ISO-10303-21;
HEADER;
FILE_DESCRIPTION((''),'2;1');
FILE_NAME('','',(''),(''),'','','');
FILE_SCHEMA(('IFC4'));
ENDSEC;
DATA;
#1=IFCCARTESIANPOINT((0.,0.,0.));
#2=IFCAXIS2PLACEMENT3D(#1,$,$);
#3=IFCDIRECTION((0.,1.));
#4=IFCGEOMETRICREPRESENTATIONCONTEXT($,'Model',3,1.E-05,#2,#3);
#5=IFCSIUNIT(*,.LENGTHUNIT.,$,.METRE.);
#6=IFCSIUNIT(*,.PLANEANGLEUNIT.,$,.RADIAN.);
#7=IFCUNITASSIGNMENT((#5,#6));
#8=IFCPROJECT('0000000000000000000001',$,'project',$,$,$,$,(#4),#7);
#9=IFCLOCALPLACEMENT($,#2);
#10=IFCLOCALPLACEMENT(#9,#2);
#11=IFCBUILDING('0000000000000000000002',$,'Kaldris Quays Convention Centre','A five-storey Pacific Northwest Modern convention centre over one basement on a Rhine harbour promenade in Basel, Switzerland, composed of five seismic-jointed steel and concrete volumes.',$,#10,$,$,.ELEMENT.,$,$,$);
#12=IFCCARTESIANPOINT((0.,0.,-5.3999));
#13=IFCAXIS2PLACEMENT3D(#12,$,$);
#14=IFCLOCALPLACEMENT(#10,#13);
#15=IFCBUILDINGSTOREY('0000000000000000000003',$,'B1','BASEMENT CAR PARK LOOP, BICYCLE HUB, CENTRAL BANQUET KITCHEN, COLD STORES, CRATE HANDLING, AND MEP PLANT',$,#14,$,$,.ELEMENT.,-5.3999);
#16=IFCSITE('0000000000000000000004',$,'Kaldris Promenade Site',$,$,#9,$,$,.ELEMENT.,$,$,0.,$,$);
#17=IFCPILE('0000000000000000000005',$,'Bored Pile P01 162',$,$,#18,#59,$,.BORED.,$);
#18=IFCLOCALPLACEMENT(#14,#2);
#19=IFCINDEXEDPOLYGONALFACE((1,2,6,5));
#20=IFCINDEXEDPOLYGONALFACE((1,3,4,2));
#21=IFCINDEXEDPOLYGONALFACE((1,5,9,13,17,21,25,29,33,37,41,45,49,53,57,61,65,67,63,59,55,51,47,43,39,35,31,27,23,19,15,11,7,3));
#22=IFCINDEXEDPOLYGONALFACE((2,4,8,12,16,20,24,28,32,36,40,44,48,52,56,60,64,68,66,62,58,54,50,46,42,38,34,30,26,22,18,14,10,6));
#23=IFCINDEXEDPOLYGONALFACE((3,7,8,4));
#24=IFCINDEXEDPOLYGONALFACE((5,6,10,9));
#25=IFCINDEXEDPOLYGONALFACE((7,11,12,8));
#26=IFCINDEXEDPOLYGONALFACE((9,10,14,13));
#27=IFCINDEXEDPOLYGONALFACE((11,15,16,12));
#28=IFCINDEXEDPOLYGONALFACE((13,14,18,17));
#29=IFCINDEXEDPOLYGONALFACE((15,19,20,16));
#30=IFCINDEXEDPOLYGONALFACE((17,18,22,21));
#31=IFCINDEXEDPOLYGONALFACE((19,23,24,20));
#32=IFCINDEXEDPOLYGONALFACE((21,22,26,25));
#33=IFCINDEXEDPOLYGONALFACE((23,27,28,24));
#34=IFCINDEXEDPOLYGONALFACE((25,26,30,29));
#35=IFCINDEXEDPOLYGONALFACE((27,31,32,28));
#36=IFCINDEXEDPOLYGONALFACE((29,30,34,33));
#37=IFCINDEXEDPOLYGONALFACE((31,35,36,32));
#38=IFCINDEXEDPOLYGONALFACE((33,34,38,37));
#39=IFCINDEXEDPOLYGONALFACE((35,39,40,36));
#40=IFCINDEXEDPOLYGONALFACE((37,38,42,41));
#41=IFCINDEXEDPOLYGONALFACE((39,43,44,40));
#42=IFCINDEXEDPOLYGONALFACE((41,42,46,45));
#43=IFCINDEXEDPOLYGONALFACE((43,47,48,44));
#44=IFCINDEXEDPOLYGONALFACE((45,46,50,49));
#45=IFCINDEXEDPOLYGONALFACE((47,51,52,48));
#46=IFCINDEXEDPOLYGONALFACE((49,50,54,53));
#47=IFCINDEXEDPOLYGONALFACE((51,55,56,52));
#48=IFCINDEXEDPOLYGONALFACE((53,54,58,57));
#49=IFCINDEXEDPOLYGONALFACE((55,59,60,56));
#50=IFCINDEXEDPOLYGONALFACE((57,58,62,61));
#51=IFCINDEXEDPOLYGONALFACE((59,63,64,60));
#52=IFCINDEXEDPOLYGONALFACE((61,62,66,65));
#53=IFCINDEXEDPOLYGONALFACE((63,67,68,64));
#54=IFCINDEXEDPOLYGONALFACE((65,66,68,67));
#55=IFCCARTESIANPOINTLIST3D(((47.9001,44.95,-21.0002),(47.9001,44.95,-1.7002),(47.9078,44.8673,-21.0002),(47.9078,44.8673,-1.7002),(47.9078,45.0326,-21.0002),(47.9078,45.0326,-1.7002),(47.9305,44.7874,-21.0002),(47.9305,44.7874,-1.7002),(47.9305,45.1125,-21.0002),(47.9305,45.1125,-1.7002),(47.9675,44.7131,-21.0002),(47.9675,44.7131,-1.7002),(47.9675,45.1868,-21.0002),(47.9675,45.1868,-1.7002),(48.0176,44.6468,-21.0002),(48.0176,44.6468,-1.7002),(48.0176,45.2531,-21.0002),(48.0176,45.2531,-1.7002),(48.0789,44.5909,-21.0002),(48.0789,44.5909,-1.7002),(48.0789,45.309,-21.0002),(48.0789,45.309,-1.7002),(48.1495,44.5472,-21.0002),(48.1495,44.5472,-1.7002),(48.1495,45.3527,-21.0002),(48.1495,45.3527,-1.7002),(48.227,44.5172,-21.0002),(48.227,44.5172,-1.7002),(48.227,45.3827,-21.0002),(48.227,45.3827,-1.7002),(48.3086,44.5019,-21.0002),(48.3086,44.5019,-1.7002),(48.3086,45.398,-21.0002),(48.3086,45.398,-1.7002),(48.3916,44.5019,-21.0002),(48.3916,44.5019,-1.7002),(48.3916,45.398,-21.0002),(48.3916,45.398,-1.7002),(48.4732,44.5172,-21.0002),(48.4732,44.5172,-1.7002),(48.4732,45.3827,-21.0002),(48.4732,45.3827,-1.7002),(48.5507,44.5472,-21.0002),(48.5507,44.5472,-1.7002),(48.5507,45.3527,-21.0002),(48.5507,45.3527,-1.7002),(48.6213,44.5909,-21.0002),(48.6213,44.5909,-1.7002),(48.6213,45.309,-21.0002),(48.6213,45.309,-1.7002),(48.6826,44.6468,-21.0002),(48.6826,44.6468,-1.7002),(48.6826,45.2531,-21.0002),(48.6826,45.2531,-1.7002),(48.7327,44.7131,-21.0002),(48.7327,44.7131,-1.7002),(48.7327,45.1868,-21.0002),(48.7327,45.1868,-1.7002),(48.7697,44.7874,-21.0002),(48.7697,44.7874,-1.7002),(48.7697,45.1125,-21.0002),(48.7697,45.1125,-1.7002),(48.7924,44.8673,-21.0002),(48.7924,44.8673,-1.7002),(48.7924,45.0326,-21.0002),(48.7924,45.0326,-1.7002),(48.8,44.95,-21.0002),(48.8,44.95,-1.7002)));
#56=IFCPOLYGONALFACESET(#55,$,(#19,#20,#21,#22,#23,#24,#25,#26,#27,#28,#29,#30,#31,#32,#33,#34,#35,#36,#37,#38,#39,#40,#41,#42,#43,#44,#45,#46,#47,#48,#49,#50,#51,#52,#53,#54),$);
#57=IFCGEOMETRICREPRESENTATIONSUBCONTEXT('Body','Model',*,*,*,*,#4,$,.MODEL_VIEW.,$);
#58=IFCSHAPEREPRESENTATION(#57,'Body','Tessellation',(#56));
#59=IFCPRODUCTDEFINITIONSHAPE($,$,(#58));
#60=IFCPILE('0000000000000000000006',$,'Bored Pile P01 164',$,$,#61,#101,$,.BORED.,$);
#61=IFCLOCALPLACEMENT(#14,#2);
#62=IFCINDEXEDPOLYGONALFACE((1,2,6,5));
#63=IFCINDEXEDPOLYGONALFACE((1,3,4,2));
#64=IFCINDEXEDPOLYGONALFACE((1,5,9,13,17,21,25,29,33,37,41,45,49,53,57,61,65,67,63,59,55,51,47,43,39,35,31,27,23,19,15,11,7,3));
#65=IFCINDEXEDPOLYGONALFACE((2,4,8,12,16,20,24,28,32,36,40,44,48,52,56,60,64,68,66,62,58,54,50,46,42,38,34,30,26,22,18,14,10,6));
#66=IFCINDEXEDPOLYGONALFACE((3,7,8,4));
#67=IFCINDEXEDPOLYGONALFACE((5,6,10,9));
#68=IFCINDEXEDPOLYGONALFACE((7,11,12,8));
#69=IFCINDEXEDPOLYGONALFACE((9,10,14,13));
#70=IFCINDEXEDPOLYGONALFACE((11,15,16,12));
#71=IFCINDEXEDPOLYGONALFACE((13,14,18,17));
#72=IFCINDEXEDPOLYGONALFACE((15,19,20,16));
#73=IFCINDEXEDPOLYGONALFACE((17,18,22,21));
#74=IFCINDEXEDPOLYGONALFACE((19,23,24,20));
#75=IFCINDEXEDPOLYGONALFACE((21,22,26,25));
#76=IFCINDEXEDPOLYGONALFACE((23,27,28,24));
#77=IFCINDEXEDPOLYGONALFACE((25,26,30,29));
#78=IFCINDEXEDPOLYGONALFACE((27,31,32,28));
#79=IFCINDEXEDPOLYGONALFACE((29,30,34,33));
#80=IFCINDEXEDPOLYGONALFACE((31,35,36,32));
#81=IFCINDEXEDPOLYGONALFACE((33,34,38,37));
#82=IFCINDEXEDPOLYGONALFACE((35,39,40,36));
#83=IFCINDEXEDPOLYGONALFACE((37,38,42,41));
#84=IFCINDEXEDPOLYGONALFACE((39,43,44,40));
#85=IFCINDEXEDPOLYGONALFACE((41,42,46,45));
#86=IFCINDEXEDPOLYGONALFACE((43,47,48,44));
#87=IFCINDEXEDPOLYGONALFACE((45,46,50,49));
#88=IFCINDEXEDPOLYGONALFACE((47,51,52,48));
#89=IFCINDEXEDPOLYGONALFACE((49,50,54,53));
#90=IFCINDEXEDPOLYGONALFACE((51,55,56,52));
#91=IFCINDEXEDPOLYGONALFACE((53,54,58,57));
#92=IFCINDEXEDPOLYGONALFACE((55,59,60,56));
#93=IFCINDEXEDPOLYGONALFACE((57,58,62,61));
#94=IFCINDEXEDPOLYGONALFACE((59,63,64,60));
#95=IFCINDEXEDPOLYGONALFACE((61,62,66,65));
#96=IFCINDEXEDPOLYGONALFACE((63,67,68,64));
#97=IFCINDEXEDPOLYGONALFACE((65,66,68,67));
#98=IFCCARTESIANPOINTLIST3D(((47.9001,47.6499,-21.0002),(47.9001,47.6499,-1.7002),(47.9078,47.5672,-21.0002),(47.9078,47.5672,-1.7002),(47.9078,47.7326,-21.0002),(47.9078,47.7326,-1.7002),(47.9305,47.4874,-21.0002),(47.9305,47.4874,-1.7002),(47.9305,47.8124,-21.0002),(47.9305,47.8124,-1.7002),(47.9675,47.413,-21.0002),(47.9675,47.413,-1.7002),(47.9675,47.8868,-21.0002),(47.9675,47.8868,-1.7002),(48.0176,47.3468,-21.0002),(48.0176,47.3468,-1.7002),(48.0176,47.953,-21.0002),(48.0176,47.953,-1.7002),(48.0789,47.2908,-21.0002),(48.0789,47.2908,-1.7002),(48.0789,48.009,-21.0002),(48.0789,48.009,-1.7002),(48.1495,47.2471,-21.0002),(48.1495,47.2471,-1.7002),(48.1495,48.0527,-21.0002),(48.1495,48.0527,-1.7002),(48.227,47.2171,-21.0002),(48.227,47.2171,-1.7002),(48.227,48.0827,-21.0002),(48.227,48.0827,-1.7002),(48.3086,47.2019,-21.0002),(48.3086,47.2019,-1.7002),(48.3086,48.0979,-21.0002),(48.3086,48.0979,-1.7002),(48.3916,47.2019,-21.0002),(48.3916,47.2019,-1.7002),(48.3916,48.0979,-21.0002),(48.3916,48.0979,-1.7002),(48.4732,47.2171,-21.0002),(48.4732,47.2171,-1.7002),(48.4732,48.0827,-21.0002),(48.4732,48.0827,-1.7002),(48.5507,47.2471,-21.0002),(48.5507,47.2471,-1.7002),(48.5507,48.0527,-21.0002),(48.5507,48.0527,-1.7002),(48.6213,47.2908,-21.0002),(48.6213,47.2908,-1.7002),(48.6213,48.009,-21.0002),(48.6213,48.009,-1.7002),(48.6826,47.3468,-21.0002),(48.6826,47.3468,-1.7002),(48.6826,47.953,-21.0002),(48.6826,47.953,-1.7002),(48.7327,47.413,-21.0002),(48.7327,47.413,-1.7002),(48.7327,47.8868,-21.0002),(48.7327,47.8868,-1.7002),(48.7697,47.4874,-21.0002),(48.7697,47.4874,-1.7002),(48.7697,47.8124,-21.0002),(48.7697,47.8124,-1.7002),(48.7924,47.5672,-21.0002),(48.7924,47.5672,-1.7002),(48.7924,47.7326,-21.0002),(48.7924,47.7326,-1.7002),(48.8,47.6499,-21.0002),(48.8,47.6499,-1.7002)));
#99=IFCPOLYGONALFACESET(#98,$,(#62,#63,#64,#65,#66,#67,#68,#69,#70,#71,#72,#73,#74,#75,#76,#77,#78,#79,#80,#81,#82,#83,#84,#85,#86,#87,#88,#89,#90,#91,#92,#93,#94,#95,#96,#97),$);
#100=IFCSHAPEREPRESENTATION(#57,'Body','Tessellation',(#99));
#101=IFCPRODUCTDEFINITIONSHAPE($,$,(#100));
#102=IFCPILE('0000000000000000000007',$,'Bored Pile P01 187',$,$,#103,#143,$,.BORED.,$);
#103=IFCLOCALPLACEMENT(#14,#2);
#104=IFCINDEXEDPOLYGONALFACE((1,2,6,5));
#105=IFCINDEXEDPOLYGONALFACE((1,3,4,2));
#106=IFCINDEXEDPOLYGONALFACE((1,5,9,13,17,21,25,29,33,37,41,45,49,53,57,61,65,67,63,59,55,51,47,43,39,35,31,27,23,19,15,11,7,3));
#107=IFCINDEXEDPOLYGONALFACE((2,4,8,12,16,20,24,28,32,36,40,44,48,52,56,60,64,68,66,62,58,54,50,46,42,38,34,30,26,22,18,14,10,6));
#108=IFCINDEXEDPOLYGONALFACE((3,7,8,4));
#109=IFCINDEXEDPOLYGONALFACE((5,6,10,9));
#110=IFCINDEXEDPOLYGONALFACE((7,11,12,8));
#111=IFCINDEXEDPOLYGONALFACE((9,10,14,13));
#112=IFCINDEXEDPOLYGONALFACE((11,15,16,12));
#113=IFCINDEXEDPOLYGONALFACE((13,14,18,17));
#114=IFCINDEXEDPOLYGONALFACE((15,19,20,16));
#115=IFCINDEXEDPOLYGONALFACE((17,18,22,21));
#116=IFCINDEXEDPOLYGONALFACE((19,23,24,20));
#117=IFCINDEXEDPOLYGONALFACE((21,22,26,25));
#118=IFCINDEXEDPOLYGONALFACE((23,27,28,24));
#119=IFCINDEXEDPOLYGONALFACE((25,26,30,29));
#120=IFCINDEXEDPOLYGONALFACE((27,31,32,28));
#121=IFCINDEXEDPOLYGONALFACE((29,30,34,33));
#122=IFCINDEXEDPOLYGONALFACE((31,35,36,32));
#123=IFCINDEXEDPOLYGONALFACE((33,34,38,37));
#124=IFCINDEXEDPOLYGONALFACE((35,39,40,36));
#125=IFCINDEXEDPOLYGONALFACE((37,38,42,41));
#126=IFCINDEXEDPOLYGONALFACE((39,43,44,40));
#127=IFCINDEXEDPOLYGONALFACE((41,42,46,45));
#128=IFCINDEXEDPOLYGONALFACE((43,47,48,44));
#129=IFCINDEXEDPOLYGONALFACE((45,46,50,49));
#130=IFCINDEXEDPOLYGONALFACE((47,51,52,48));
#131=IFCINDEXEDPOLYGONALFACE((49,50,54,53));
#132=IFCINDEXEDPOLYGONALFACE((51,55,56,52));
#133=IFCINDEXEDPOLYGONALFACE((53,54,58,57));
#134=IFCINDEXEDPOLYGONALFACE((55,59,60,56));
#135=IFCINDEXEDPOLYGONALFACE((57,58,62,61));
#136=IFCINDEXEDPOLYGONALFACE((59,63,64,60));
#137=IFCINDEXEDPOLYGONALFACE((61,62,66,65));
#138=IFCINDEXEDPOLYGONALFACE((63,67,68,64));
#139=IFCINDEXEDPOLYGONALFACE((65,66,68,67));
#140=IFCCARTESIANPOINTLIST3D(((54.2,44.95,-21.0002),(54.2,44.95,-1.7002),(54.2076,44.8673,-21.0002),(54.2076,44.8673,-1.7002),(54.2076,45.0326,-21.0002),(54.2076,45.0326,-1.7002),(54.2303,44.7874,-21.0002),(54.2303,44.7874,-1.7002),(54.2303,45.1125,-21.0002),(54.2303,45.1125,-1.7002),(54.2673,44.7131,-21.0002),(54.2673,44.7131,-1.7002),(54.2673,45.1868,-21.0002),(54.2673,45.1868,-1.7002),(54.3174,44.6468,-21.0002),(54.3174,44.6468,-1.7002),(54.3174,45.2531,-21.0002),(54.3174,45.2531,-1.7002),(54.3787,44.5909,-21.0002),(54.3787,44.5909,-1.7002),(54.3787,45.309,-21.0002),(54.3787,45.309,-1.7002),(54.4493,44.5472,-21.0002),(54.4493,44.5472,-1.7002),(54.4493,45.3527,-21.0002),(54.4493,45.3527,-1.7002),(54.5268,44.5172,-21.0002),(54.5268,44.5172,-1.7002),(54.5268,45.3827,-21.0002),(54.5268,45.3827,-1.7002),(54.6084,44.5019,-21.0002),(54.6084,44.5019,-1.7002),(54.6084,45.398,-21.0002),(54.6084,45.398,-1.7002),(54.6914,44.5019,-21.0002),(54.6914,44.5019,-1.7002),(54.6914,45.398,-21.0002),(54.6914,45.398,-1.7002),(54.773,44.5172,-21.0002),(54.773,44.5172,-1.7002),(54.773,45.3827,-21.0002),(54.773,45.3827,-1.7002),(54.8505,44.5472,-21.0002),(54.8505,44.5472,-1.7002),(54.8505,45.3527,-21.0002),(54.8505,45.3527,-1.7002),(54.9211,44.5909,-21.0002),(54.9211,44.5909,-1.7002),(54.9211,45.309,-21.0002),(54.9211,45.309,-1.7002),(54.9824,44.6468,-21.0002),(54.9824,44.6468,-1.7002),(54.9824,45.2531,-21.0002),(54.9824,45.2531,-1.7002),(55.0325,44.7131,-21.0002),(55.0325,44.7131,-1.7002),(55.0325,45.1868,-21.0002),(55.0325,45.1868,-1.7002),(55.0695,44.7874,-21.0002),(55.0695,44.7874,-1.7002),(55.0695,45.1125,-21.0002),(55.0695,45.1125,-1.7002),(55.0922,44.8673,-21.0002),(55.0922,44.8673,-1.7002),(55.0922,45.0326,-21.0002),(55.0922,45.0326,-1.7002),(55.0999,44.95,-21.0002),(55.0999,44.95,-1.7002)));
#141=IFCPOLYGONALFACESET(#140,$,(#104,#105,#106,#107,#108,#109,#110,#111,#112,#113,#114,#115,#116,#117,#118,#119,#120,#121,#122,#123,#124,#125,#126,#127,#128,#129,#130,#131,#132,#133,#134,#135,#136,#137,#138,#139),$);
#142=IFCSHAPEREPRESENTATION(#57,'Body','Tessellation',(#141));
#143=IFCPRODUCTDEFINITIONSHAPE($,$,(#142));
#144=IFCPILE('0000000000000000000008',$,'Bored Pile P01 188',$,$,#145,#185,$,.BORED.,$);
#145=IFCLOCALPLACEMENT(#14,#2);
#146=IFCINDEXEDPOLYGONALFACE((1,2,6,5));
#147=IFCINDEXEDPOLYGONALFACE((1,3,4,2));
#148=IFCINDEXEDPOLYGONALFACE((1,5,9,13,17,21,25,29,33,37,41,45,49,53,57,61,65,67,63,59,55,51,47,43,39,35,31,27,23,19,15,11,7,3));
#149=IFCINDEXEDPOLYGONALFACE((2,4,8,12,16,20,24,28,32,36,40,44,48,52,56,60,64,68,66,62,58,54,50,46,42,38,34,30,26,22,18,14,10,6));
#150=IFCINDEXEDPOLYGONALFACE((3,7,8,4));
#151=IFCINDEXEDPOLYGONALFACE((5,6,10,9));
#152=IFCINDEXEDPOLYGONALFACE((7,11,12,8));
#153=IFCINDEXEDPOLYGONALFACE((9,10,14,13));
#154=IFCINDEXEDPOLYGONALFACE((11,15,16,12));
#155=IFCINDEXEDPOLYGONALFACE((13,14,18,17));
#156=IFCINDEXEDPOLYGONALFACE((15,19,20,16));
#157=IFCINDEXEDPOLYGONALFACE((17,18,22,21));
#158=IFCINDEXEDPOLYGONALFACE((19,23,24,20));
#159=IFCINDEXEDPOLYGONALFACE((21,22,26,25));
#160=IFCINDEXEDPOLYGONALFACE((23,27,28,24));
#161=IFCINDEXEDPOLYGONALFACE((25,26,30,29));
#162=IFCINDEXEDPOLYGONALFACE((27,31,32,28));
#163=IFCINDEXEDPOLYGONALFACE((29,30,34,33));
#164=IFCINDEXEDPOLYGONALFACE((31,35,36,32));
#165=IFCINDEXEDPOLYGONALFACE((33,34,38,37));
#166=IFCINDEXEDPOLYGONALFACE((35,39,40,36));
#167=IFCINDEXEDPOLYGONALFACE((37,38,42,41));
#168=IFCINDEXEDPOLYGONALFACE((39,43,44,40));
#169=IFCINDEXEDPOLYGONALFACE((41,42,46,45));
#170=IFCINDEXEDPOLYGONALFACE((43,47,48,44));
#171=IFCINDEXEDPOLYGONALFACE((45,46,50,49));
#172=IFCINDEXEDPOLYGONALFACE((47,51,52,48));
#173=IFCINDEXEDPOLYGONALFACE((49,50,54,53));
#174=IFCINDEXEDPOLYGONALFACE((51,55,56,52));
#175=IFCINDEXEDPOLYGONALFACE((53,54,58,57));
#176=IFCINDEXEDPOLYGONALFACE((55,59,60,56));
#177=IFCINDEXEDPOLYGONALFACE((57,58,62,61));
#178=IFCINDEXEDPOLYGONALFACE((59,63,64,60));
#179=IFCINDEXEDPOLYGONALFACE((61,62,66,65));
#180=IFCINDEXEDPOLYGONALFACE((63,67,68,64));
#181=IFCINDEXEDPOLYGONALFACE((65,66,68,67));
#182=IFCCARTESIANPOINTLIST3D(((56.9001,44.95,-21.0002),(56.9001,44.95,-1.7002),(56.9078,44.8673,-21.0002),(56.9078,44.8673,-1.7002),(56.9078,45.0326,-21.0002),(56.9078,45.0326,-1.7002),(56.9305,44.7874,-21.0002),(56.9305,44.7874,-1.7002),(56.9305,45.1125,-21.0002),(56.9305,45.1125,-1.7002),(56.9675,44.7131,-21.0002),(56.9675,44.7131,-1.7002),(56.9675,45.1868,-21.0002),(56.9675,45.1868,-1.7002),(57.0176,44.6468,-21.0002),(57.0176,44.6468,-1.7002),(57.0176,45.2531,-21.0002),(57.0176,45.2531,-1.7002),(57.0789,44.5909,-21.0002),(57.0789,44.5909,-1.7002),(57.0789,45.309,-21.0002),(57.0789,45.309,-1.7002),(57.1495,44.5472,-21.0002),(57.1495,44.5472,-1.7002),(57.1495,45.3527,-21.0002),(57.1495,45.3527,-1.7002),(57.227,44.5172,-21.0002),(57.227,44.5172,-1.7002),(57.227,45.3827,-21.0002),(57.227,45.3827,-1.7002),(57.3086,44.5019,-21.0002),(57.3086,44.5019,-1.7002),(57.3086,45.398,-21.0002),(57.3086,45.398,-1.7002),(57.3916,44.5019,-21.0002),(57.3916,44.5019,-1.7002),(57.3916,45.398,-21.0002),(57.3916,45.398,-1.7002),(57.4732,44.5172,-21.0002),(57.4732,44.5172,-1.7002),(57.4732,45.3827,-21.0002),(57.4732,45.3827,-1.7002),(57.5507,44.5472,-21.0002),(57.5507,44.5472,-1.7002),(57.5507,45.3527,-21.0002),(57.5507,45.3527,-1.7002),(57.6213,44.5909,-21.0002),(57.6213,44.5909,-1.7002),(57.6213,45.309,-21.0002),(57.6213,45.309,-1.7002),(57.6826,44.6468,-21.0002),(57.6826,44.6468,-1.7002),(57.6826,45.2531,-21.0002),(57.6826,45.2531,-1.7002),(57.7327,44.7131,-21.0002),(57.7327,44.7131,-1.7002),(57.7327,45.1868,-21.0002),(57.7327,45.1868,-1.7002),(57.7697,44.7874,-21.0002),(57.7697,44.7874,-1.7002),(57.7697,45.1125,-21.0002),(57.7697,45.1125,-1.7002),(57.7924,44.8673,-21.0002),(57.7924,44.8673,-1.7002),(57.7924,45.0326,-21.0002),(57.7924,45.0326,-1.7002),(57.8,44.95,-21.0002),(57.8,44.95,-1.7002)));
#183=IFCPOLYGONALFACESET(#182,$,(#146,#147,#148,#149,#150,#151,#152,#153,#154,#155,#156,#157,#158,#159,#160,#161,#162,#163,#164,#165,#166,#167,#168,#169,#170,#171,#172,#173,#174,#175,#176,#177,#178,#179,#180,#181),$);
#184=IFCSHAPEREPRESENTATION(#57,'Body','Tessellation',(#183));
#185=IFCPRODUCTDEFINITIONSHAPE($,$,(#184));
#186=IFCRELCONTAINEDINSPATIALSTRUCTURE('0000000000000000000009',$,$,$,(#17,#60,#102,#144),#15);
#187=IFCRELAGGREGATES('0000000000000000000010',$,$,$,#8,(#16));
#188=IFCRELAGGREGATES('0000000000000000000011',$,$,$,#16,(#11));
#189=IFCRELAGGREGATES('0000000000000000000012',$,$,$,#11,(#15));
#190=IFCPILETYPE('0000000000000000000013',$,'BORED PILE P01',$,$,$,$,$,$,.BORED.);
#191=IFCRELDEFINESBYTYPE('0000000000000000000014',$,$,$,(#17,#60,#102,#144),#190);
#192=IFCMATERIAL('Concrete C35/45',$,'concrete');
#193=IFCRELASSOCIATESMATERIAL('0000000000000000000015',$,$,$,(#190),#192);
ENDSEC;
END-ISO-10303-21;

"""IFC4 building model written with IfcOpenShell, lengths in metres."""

from ifc_helpers import new_model, si_unit, direction, frame, origin, origin_2d, place, context, subcontext, project, spatial, circle, extrude, material, material_profile, profile_set, type_object, element, save


model = new_model("IFC4")

# Units and contexts
model_context = context("Model", 3, precision=1e-05, world=origin(), true_north=direction((0.0, 1.0)))
body_context = subcontext(model_context, "Body", "Model", "MODEL_VIEW")
ifc_project = project(units=[si_unit("LENGTHUNIT", "METRE"), si_unit("PLANEANGLEUNIT", "RADIAN")], contexts=[model_context])

# Site, building, storey
site_placement = place(None, origin())
site = spatial("IfcSite", under=ifc_project, at=site_placement, Name="Kaldris Promenade Site", CompositionType="ELEMENT", RefElevation=0.0)
building_placement = place(site_placement, origin())
building = spatial("IfcBuilding", under=site, at=building_placement, Name="Kaldris Quays Convention Centre", Description="A five-storey Pacific Northwest Modern convention centre over one basement on a Rhine harbour promenade in Basel, Switzerland, composed of five seismic-jointed steel and concrete volumes.", CompositionType="ELEMENT")
storey_placement = place(building_placement, frame((0.0, 0.0, -5.3999)))
storey = spatial("IfcBuildingStorey", under=building, at=storey_placement, Name="B1", Description="BASEMENT CAR PARK LOOP, BICYCLE HUB, CENTRAL BANQUET KITCHEN, COLD STORES, CRATE HANDLING, AND MEP PLANT", CompositionType="ELEMENT", Elevation=-5.3999)

# Piles
ifc_material_1 = material(Name="Concrete C35/45", Category="concrete")
ifc_material_profile_1 = material_profile(ifc_material_1, circle(Radius=0.45, at=origin_2d()), Name="BORED PILE D900")
ifc_profile_set_1 = profile_set([ifc_material_profile_1], Name="Concrete C35/45")
pile_type = type_object("IfcPileType", Name="BORED PILE P01", PredefinedType="BORED", material=ifc_profile_set_1)
for number, where, z_axis, x_axis, name in (
    (1, (48.3501, 44.95, -1.7002), (0.0, 0.0, -1.0), (1.0, 0.0, 0.0), "Bored Pile P01 162"),
    (2, (48.3501, 47.6499, -1.7002), (0.0, 0.0, -1.0), (1.0, 0.0, 0.0), "Bored Pile P01 164"),
    (3, (54.6499, 44.95, -1.7002), (0.0, 0.0, -1.0), (1.0, 0.0, 0.0), "Bored Pile P01 187"),
    (4, (57.3501, 44.95, -1.7002), (0.0, 0.0, -1.0), (1.0, 0.0, 0.0), "Bored Pile P01 188"),
):
    element("IfcPile", number, at=place(storey_placement, frame(where, z_axis=z_axis, x_axis=x_axis)), inside=storey, type_object=pile_type, Name=name, PredefinedType="BORED", context=body_context, shape_type="SweptSolid", body=[
        extrude(circle(Radius=0.45, at=origin_2d()), origin(), (0.0, 0.0, 1.0), 19.3),
    ])

save(model, "model.ifc")
